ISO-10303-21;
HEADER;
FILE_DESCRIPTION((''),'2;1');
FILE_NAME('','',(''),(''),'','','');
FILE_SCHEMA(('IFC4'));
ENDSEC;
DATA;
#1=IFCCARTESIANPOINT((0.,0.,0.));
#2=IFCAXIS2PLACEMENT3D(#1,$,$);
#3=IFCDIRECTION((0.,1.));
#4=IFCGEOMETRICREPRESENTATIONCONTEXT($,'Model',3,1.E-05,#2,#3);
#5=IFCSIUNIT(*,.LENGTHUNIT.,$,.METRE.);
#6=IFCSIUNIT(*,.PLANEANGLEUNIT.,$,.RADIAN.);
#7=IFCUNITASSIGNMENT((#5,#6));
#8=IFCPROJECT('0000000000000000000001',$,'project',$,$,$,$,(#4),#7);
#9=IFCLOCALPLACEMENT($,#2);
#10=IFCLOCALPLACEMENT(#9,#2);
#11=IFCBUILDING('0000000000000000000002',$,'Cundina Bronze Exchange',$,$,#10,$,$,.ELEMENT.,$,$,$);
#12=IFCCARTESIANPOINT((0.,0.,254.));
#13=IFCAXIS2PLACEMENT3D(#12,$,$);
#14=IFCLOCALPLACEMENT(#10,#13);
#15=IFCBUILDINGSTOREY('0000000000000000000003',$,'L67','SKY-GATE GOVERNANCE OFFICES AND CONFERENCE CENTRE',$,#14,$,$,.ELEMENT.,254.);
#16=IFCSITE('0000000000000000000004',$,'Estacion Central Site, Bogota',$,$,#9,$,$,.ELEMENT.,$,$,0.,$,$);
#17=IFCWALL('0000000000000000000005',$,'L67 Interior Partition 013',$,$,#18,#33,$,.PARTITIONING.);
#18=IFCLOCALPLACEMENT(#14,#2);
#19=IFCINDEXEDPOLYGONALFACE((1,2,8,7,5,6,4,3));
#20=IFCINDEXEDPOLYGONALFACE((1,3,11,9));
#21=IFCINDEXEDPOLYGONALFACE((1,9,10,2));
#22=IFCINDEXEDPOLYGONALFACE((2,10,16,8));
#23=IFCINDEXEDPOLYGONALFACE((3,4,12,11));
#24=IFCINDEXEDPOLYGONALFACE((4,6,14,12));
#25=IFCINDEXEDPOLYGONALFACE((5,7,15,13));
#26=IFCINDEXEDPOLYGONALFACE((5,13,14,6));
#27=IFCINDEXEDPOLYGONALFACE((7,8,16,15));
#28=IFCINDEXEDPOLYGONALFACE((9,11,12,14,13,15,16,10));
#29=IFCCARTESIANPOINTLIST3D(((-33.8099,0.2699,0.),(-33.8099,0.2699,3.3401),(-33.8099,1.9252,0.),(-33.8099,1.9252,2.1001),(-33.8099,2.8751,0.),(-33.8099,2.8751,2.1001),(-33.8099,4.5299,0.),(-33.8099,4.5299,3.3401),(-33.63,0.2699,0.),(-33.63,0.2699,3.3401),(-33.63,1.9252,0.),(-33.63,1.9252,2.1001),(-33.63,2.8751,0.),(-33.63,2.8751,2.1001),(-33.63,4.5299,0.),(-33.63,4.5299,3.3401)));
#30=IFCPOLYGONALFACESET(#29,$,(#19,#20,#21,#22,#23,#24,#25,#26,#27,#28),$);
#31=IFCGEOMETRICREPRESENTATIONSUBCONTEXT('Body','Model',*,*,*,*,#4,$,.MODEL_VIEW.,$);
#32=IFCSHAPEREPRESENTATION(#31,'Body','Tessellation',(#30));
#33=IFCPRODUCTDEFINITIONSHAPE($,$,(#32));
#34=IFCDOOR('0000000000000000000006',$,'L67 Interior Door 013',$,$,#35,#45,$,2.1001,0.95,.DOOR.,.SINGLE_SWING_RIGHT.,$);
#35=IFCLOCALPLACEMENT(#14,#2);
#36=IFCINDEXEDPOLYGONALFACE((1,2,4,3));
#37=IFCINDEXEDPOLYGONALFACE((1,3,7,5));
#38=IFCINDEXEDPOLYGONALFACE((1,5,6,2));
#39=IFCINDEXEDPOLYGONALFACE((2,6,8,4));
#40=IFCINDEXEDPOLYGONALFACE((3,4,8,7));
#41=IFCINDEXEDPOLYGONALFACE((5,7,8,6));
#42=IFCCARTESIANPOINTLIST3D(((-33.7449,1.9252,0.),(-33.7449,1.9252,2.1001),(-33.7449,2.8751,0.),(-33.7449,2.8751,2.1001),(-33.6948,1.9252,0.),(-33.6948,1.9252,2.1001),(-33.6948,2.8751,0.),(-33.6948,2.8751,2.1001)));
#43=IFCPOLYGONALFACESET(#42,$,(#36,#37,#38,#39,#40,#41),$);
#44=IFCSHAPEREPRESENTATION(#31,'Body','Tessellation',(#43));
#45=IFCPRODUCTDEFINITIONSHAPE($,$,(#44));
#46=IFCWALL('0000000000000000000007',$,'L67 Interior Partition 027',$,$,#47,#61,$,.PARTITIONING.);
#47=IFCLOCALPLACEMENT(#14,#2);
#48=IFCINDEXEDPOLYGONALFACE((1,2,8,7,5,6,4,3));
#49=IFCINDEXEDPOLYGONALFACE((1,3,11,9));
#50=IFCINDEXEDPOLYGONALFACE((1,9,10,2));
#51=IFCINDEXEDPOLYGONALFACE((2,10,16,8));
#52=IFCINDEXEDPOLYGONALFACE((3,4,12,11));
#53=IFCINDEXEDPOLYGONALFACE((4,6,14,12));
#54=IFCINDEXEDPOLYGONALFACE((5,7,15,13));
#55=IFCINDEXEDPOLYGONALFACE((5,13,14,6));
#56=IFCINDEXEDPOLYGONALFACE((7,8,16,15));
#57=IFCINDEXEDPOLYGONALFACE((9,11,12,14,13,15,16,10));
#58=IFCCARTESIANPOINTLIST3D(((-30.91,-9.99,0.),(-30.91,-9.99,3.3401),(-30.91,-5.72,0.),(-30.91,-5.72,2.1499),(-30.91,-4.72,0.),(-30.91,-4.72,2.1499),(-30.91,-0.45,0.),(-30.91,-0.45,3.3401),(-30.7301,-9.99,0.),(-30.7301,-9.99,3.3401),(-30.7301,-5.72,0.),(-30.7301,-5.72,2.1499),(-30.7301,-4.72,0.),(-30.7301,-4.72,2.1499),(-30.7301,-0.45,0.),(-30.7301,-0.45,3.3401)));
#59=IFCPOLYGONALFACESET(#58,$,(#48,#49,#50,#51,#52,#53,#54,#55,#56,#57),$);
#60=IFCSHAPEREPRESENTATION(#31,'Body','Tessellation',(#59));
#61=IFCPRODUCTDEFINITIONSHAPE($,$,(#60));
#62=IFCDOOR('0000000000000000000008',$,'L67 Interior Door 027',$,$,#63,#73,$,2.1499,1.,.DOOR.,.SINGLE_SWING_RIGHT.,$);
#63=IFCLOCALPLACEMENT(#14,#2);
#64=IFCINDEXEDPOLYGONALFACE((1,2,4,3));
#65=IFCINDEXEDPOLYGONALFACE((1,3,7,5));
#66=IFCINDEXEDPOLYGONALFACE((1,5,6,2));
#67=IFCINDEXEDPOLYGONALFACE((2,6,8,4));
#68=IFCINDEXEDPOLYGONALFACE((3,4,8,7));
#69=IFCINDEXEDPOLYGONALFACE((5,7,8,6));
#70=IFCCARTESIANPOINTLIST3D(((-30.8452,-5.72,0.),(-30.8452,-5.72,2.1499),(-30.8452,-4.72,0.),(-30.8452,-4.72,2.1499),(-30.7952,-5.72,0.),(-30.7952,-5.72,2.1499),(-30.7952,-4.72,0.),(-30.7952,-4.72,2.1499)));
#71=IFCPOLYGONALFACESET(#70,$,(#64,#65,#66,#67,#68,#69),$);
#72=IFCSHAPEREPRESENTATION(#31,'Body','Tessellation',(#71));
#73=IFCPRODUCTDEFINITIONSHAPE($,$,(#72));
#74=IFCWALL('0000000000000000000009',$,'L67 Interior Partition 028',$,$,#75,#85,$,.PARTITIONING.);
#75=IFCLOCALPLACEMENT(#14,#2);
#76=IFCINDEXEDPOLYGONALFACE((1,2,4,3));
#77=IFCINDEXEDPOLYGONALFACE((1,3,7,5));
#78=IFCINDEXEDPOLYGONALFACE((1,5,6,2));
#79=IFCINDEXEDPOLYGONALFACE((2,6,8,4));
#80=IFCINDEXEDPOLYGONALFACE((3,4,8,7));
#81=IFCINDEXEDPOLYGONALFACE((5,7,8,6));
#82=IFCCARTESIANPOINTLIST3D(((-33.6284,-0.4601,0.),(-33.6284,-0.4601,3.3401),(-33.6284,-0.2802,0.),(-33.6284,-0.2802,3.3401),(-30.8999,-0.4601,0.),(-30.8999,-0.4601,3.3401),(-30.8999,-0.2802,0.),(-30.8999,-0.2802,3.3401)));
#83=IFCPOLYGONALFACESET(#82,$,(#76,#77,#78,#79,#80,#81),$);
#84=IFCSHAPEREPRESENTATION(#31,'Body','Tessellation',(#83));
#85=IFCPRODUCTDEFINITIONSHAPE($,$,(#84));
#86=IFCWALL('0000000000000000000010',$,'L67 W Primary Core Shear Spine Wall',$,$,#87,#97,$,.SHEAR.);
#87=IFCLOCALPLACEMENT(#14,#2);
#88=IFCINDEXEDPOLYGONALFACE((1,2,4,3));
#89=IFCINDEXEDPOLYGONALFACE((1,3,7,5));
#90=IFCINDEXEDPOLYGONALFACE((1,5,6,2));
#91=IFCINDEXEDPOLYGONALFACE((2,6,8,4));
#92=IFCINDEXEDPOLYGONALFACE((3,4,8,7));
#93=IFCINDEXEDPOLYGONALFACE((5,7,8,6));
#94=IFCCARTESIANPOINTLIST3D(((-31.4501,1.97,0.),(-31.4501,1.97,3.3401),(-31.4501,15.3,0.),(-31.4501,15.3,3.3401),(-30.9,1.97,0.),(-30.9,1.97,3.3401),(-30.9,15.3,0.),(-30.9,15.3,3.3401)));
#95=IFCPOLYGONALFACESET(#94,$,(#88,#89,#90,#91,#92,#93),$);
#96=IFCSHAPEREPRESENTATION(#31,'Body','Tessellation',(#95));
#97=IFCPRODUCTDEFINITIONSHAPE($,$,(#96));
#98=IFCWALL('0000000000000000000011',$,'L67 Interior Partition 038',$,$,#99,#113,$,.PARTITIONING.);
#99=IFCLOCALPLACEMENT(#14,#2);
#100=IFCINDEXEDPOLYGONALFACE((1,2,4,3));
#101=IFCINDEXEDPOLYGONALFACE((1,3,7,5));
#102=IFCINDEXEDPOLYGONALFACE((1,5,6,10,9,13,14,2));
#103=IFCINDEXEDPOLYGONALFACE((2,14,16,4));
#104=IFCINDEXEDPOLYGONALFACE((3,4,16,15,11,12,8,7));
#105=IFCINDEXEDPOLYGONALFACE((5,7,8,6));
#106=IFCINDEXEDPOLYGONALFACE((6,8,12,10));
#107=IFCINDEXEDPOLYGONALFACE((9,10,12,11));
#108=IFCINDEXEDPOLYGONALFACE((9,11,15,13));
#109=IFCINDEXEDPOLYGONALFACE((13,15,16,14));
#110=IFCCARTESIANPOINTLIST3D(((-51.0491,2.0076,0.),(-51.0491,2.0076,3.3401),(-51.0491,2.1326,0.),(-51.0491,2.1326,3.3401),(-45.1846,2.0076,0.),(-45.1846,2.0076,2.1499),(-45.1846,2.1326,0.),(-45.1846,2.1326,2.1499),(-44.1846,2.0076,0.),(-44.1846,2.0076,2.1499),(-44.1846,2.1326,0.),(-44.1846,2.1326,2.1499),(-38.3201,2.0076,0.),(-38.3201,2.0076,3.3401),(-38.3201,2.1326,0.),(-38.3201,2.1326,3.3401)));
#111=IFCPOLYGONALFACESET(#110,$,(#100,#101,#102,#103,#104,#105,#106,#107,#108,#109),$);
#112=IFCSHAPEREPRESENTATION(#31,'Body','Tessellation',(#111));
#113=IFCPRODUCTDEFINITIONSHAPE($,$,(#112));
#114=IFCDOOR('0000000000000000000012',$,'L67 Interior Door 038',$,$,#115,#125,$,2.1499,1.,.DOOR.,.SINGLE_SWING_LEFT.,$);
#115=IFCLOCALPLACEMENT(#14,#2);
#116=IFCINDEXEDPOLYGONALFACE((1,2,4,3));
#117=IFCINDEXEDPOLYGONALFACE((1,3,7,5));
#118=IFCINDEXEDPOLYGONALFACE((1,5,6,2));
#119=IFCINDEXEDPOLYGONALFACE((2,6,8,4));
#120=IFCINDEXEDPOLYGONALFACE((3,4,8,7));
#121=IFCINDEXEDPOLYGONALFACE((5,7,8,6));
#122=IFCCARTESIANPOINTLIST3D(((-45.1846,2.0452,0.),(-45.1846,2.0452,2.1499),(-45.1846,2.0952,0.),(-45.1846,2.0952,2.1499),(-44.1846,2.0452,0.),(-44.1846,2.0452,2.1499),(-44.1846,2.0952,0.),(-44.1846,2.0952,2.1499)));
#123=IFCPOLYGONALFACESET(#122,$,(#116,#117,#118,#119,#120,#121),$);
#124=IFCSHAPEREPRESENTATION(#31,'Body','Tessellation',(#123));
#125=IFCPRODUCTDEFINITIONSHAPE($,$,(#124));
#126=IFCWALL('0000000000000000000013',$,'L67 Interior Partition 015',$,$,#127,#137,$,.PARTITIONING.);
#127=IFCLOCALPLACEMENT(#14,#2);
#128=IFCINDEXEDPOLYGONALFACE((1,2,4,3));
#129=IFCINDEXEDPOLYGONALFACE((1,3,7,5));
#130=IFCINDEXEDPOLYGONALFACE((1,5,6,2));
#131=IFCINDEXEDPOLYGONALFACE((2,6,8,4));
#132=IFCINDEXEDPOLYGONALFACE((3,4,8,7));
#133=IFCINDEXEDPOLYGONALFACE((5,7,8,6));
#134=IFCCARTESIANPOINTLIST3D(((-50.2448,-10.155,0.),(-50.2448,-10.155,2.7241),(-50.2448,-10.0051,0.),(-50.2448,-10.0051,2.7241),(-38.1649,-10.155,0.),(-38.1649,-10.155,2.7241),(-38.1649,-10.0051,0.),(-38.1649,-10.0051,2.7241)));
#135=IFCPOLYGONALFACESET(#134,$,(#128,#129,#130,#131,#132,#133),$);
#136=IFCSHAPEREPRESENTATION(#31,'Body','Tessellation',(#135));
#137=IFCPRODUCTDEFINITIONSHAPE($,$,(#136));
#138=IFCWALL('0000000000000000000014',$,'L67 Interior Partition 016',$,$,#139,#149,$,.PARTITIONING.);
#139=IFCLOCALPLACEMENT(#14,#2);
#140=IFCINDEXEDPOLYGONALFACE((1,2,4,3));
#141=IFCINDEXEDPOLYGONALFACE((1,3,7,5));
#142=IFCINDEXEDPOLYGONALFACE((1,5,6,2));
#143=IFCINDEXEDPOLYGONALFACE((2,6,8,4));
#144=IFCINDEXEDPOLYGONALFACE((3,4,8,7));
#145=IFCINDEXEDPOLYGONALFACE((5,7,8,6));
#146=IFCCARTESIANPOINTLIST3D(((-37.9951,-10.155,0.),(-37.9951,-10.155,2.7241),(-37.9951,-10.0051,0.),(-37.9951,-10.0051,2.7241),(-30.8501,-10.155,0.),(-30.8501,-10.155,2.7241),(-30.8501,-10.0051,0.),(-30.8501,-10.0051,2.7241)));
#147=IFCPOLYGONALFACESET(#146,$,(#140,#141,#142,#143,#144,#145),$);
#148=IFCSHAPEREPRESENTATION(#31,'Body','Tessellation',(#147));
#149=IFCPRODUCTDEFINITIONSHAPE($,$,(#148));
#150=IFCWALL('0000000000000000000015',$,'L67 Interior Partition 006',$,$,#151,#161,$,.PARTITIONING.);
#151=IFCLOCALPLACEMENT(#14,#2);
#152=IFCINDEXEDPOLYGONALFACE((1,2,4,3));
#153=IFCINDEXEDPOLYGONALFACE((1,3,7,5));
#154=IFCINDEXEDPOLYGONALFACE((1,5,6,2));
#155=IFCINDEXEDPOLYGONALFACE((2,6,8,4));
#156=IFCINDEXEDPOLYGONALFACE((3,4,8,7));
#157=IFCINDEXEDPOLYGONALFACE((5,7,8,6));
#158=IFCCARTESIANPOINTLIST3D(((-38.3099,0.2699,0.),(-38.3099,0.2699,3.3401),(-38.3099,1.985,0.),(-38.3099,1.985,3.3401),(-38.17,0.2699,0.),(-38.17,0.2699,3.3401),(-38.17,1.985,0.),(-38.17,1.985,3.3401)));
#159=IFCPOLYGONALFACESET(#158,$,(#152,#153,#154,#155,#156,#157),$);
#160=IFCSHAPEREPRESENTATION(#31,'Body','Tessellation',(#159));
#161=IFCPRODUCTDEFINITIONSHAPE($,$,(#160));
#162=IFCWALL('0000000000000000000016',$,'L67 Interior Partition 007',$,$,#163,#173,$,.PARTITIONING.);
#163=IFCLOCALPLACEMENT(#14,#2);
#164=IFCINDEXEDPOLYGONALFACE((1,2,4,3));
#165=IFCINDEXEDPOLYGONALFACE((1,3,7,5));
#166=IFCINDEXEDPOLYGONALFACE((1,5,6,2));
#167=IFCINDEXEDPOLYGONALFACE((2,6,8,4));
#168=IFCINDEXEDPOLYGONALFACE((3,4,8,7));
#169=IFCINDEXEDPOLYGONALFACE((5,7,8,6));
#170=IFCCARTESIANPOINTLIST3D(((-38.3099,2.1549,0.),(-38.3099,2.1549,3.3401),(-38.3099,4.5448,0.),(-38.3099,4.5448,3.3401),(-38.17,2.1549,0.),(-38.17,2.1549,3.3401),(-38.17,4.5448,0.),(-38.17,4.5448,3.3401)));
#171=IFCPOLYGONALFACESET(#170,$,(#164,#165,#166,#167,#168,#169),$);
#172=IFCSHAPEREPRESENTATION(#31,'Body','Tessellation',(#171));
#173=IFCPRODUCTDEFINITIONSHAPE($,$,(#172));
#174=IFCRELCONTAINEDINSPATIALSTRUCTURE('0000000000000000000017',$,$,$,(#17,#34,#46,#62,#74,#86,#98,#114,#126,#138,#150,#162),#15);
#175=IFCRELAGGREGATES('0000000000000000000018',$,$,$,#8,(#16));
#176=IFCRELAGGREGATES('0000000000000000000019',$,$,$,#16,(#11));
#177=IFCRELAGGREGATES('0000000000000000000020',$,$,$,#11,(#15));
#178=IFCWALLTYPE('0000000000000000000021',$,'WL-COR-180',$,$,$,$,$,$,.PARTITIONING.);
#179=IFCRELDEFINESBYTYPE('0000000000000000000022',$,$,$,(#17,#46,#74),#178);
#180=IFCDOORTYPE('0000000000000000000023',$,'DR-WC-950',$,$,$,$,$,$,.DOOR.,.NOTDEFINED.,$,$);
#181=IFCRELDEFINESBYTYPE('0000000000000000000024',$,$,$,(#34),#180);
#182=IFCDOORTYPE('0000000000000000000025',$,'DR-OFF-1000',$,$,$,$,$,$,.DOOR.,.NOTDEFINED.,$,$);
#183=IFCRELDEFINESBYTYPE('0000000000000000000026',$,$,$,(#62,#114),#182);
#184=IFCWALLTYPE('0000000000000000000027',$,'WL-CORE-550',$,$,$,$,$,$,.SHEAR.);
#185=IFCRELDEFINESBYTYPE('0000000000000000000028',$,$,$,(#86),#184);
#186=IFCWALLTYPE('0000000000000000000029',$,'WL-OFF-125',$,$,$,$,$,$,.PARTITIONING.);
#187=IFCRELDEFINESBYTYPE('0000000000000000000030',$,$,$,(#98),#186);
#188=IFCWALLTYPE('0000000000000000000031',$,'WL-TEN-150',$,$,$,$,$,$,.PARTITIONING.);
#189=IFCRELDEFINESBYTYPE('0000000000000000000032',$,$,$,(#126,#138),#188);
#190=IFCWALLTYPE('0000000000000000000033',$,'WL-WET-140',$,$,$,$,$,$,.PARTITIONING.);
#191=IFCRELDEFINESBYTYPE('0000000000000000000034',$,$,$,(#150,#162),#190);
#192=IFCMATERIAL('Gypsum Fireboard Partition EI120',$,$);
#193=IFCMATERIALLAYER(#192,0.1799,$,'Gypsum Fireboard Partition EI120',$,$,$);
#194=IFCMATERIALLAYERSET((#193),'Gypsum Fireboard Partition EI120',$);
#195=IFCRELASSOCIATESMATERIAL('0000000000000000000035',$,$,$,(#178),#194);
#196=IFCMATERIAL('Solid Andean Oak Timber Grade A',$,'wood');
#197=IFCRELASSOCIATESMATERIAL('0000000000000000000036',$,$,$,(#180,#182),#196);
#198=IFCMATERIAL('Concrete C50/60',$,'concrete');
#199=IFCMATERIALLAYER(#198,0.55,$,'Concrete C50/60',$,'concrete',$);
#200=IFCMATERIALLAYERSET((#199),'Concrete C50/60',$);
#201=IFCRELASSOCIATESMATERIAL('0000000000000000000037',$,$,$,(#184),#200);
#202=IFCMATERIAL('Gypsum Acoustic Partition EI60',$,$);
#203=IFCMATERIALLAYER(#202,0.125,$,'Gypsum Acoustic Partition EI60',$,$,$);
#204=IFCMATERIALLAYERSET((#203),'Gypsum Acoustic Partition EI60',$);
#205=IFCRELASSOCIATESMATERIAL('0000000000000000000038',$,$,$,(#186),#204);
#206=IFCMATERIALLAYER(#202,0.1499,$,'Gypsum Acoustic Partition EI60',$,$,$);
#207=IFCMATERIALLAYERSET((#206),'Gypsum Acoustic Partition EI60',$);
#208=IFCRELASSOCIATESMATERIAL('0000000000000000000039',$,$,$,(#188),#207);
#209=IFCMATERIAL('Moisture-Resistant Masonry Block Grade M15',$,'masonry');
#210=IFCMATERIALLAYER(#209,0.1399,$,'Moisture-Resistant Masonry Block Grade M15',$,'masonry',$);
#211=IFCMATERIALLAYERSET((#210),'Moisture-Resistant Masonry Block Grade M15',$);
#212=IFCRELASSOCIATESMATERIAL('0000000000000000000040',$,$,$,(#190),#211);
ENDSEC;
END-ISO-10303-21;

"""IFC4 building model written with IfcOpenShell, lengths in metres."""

from ifc_helpers import new_model, si_unit, direction, frame, frame_2d, origin, place, context, subcontext, project, spatial, rectangle, extrude, material, layer, layer_set, type_object, element, fill, save


model = new_model("IFC4")

# Units and contexts
model_context = context("Model", 3, precision=1e-05, world=origin(), true_north=direction((0.0, 1.0)))
body_context = subcontext(model_context, "Body", "Model", "MODEL_VIEW")
ifc_project = project(units=[si_unit("LENGTHUNIT", "METRE"), si_unit("PLANEANGLEUNIT", "RADIAN")], contexts=[model_context])

# Site, building, storey
site_placement = place(None, origin())
site = spatial("IfcSite", under=ifc_project, at=site_placement, Name="Estacion Central Site, Bogota", CompositionType="ELEMENT", RefElevation=0.0)
building_placement = place(site_placement, origin())
building = spatial("IfcBuilding", under=site, at=building_placement, Name="Cundina Bronze Exchange", CompositionType="ELEMENT")
storey_placement = place(building_placement, frame((0.0, 0.0, 254.0)))
storey = spatial("IfcBuildingStorey", under=building, at=storey_placement, Name="L67", Description="SKY-GATE GOVERNANCE OFFICES AND CONFERENCE CENTRE", CompositionType="ELEMENT", Elevation=254.0)

# Shared definitions
ifc_material_1 = material(Name="Concrete C50/60", Category="concrete")

# Walls, openings, doors
ifc_material_2 = material(Name="Gypsum Fireboard Partition EI120")
ifc_layer_1 = layer(ifc_material_2, 0.1799, Name="Gypsum Fireboard Partition EI120")
ifc_layer_set_1 = layer_set([ifc_layer_1], Name="Gypsum Fireboard Partition EI120")
wall_type_1 = type_object("IfcWallType", Name="WL-COR-180", PredefinedType="PARTITIONING", material=ifc_layer_set_1)
wall_1_placement = place(storey_placement, frame((-33.72, 0.27, 0.0), z_axis=(0.0, 0.0, 1.0), x_axis=(0.0, 1.0, 0.0)))
wall_1 = element("IfcWall", 1, at=wall_1_placement, inside=storey, type_object=wall_type_1, Name="L67 Interior Partition 013", PredefinedType="PARTITIONING", context=body_context, shape_type="SweptSolid", body=[
    extrude(rectangle(XDim=4.26, YDim=0.1799, at=frame_2d((2.1299, 0.0))), origin(), (0.0, 0.0, 1.0), 3.3401),
])
opening_1_placement = place(wall_1_placement, frame((1.655, 0.0, 0.0)))
opening_1 = element("IfcOpeningElement", 2, at=opening_1_placement, cuts=wall_1, PredefinedType="OPENING", context=body_context, shape_type="SweptSolid", body=[
    extrude(rectangle(XDim=0.95, YDim=2.1001, at=frame_2d((0.4751, 1.05))), frame((0.0, 0.0999, 0.0), z_axis=(0.0, -1.0, 0.0), x_axis=(1.0, 0.0, 0.0)), (0.0, 0.0, 1.0), 0.2),
])
ifc_material_3 = material(Name="Solid Andean Oak Timber Grade A", Category="wood")
door_type_1 = type_object("IfcDoorType", Name="DR-WC-950", OperationType="NOTDEFINED", PredefinedType="DOOR", material=ifc_material_3)
door_1_placement = place(opening_1_placement, origin())
door_1 = element("IfcDoor", 3, at=door_1_placement, inside=storey, type_object=door_type_1, Name="L67 Interior Door 013", OperationType="SINGLE_SWING_RIGHT", OverallHeight=2.1001, OverallWidth=0.95, PredefinedType="DOOR", context=body_context, shape_type="SweptSolid", body=[
    extrude(rectangle(XDim=0.95, YDim=2.1001, at=frame_2d((0.4751, 1.05))), frame((0.0, 0.0249, 0.0), z_axis=(0.0, -1.0, 0.0), x_axis=(1.0, 0.0, 0.0)), (0.0, 0.0, 1.0), 0.05),
])
fill(opening_1, door_1)
wall_2_placement = place(storey_placement, frame((-30.8201, -0.45, 0.0), z_axis=(0.0, 0.0, 1.0), x_axis=(0.0, -1.0, 0.0)))
wall_2 = element("IfcWall", 4, at=wall_2_placement, inside=storey, type_object=wall_type_1, Name="L67 Interior Partition 027", PredefinedType="PARTITIONING", context=body_context, shape_type="SweptSolid", body=[
    extrude(rectangle(XDim=9.54, YDim=0.1799, at=frame_2d((4.77, 0.0))), origin(), (0.0, 0.0, 1.0), 3.3401),
])
opening_2_placement = place(wall_2_placement, frame((4.27, 0.0, 0.0)))
opening_2 = element("IfcOpeningElement", 5, at=opening_2_placement, cuts=wall_2, PredefinedType="OPENING", context=body_context, shape_type="SweptSolid", body=[
    extrude(rectangle(XDim=1.0, YDim=2.1499, at=frame_2d((0.5, 1.075))), frame((0.0, 0.0999, 0.0), z_axis=(0.0, -1.0, 0.0), x_axis=(1.0, 0.0, 0.0)), (0.0, 0.0, 1.0), 0.2),
])
door_type_2 = type_object("IfcDoorType", Name="DR-OFF-1000", OperationType="NOTDEFINED", PredefinedType="DOOR", material=ifc_material_3)
door_2_placement = place(opening_2_placement, origin())
door_2 = element("IfcDoor", 6, at=door_2_placement, inside=storey, type_object=door_type_2, Name="L67 Interior Door 027", OperationType="SINGLE_SWING_RIGHT", OverallHeight=2.1499, OverallWidth=1.0, PredefinedType="DOOR", context=body_context, shape_type="SweptSolid", body=[
    extrude(rectangle(XDim=1.0, YDim=2.1499, at=frame_2d((0.5, 1.075))), frame((0.0, 0.0249, 0.0), z_axis=(0.0, -1.0, 0.0), x_axis=(1.0, 0.0, 0.0)), (0.0, 0.0, 1.0), 0.05),
])
fill(opening_2, door_2)

# Walls
wall_3_placement = place(storey_placement, frame((-33.6284, -0.3701, 0.0), z_axis=(0.0, 0.0, 1.0), x_axis=(1.0, 0.0, 0.0)))
element("IfcWall", 7, at=wall_3_placement, inside=storey, type_object=wall_type_1, Name="L67 Interior Partition 028", PredefinedType="PARTITIONING", context=body_context, shape_type="SweptSolid", body=[
    extrude(rectangle(XDim=2.7285, YDim=0.1799, at=frame_2d((1.3643, 0.0))), origin(), (0.0, 0.0, 1.0), 3.3401),
])
ifc_layer_2 = layer(ifc_material_1, 0.55, Name="Concrete C50/60", Category="concrete")
ifc_layer_set_2 = layer_set([ifc_layer_2], Name="Concrete C50/60")
wall_type_2 = type_object("IfcWallType", Name="WL-CORE-550", PredefinedType="SHEAR", material=ifc_layer_set_2)
wall_4_placement = place(storey_placement, frame((-31.175, 1.97, 0.0), z_axis=(0.0, 0.0, 1.0), x_axis=(0.0, 1.0, 0.0)))
element("IfcWall", 8, at=wall_4_placement, inside=storey, type_object=wall_type_2, Name="L67 W Primary Core Shear Spine Wall", PredefinedType="SHEAR", context=body_context, shape_type="SweptSolid", body=[
    extrude(rectangle(XDim=13.3301, YDim=0.55, at=frame_2d((6.665, 0.0))), origin(), (0.0, 0.0, 1.0), 3.3401),
])

# Wall, opening, door
ifc_material_4 = material(Name="Gypsum Acoustic Partition EI60")
ifc_layer_3 = layer(ifc_material_4, 0.125, Name="Gypsum Acoustic Partition EI60")
ifc_layer_set_3 = layer_set([ifc_layer_3], Name="Gypsum Acoustic Partition EI60")
wall_type_3 = type_object("IfcWallType", Name="WL-OFF-125", PredefinedType="PARTITIONING", material=ifc_layer_set_3)
wall_5_placement = place(storey_placement, frame((-38.3201, 2.0701, 0.0), z_axis=(0.0, 0.0, 1.0), x_axis=(-1.0, 0.0, 0.0)))
wall_5 = element("IfcWall", 9, at=wall_5_placement, inside=storey, type_object=wall_type_3, Name="L67 Interior Partition 038", PredefinedType="PARTITIONING", context=body_context, shape_type="SweptSolid", body=[
    extrude(rectangle(XDim=12.729, YDim=0.125, at=frame_2d((6.3645, 0.0))), origin(), (0.0, 0.0, 1.0), 3.3401),
])
opening_3_placement = place(wall_5_placement, frame((5.8645, 0.0, 0.0)))
opening_3 = element("IfcOpeningElement", 10, at=opening_3_placement, cuts=wall_5, PredefinedType="OPENING", context=body_context, shape_type="SweptSolid", body=[
    extrude(rectangle(XDim=1.0, YDim=2.1499, at=frame_2d((0.5, 1.075))), frame((0.0, 0.0725, 0.0), z_axis=(0.0, -1.0, 0.0), x_axis=(1.0, 0.0, 0.0)), (0.0, 0.0, 1.0), 0.145),
])
door_3_placement = place(opening_3_placement, origin())
door_3 = element("IfcDoor", 11, at=door_3_placement, inside=storey, type_object=door_type_2, Name="L67 Interior Door 038", OperationType="SINGLE_SWING_LEFT", OverallHeight=2.1499, OverallWidth=1.0, PredefinedType="DOOR", context=body_context, shape_type="SweptSolid", body=[
    extrude(rectangle(XDim=1.0, YDim=2.1499, at=frame_2d((0.5, 1.075))), frame((0.0, 0.0249, 0.0), z_axis=(0.0, -1.0, 0.0), x_axis=(1.0, 0.0, 0.0)), (0.0, 0.0, 1.0), 0.05),
])
fill(opening_3, door_3)

# Walls
ifc_layer_4 = layer(ifc_material_4, 0.1499, Name="Gypsum Acoustic Partition EI60")
ifc_layer_set_4 = layer_set([ifc_layer_4], Name="Gypsum Acoustic Partition EI60")
wall_type_4 = type_object("IfcWallType", Name="WL-TEN-150", PredefinedType="PARTITIONING", material=ifc_layer_set_4)
wall_6_placement = place(storey_placement, frame((-50.2449, -10.0801, 0.0), z_axis=(0.0, 0.0, 1.0), x_axis=(1.0, 0.0, 0.0)))
element("IfcWall", 12, at=wall_6_placement, inside=storey, type_object=wall_type_4, Name="L67 Interior Partition 015", PredefinedType="PARTITIONING", context=body_context, shape_type="SweptSolid", body=[
    extrude(rectangle(XDim=12.0798, YDim=0.1499, at=frame_2d((6.04, 0.0))), origin(), (0.0, 0.0, 1.0), 2.7241),
])
wall_7_placement = place(storey_placement, frame((-37.9951, -10.0801, 0.0), z_axis=(0.0, 0.0, 1.0), x_axis=(1.0, 0.0, 0.0)))
element("IfcWall", 13, at=wall_7_placement, inside=storey, type_object=wall_type_4, Name="L67 Interior Partition 016", PredefinedType="PARTITIONING", context=body_context, shape_type="SweptSolid", body=[
    extrude(rectangle(XDim=7.145, YDim=0.1499, at=frame_2d((3.5725, 0.0))), origin(), (0.0, 0.0, 1.0), 2.7241),
])
ifc_material_5 = material(Name="Moisture-Resistant Masonry Block Grade M15", Category="masonry")
ifc_layer_5 = layer(ifc_material_5, 0.1399, Name="Moisture-Resistant Masonry Block Grade M15", Category="masonry")
ifc_layer_set_5 = layer_set([ifc_layer_5], Name="Moisture-Resistant Masonry Block Grade M15")
wall_type_5 = type_object("IfcWallType", Name="WL-WET-140", PredefinedType="PARTITIONING", material=ifc_layer_set_5)
wall_8_placement = place(storey_placement, frame((-38.24, 0.27, 0.0), z_axis=(0.0, 0.0, 1.0), x_axis=(0.0, 1.0, 0.0)))
element("IfcWall", 14, at=wall_8_placement, inside=storey, type_object=wall_type_5, Name="L67 Interior Partition 006", PredefinedType="PARTITIONING", context=body_context, shape_type="SweptSolid", body=[
    extrude(rectangle(XDim=1.7151, YDim=0.1399, at=frame_2d((0.8574, 0.0))), origin(), (0.0, 0.0, 1.0), 3.3401),
])
wall_9_placement = place(storey_placement, frame((-38.24, 2.155, 0.0), z_axis=(0.0, 0.0, 1.0), x_axis=(0.0, 1.0, 0.0)))
element("IfcWall", 15, at=wall_9_placement, inside=storey, type_object=wall_type_5, Name="L67 Interior Partition 007", PredefinedType="PARTITIONING", context=body_context, shape_type="SweptSolid", body=[
    extrude(rectangle(XDim=2.3899, YDim=0.1399, at=frame_2d((1.1948, 0.0))), origin(), (0.0, 0.0, 1.0), 3.3401),
])

save(model, "model.ifc")
